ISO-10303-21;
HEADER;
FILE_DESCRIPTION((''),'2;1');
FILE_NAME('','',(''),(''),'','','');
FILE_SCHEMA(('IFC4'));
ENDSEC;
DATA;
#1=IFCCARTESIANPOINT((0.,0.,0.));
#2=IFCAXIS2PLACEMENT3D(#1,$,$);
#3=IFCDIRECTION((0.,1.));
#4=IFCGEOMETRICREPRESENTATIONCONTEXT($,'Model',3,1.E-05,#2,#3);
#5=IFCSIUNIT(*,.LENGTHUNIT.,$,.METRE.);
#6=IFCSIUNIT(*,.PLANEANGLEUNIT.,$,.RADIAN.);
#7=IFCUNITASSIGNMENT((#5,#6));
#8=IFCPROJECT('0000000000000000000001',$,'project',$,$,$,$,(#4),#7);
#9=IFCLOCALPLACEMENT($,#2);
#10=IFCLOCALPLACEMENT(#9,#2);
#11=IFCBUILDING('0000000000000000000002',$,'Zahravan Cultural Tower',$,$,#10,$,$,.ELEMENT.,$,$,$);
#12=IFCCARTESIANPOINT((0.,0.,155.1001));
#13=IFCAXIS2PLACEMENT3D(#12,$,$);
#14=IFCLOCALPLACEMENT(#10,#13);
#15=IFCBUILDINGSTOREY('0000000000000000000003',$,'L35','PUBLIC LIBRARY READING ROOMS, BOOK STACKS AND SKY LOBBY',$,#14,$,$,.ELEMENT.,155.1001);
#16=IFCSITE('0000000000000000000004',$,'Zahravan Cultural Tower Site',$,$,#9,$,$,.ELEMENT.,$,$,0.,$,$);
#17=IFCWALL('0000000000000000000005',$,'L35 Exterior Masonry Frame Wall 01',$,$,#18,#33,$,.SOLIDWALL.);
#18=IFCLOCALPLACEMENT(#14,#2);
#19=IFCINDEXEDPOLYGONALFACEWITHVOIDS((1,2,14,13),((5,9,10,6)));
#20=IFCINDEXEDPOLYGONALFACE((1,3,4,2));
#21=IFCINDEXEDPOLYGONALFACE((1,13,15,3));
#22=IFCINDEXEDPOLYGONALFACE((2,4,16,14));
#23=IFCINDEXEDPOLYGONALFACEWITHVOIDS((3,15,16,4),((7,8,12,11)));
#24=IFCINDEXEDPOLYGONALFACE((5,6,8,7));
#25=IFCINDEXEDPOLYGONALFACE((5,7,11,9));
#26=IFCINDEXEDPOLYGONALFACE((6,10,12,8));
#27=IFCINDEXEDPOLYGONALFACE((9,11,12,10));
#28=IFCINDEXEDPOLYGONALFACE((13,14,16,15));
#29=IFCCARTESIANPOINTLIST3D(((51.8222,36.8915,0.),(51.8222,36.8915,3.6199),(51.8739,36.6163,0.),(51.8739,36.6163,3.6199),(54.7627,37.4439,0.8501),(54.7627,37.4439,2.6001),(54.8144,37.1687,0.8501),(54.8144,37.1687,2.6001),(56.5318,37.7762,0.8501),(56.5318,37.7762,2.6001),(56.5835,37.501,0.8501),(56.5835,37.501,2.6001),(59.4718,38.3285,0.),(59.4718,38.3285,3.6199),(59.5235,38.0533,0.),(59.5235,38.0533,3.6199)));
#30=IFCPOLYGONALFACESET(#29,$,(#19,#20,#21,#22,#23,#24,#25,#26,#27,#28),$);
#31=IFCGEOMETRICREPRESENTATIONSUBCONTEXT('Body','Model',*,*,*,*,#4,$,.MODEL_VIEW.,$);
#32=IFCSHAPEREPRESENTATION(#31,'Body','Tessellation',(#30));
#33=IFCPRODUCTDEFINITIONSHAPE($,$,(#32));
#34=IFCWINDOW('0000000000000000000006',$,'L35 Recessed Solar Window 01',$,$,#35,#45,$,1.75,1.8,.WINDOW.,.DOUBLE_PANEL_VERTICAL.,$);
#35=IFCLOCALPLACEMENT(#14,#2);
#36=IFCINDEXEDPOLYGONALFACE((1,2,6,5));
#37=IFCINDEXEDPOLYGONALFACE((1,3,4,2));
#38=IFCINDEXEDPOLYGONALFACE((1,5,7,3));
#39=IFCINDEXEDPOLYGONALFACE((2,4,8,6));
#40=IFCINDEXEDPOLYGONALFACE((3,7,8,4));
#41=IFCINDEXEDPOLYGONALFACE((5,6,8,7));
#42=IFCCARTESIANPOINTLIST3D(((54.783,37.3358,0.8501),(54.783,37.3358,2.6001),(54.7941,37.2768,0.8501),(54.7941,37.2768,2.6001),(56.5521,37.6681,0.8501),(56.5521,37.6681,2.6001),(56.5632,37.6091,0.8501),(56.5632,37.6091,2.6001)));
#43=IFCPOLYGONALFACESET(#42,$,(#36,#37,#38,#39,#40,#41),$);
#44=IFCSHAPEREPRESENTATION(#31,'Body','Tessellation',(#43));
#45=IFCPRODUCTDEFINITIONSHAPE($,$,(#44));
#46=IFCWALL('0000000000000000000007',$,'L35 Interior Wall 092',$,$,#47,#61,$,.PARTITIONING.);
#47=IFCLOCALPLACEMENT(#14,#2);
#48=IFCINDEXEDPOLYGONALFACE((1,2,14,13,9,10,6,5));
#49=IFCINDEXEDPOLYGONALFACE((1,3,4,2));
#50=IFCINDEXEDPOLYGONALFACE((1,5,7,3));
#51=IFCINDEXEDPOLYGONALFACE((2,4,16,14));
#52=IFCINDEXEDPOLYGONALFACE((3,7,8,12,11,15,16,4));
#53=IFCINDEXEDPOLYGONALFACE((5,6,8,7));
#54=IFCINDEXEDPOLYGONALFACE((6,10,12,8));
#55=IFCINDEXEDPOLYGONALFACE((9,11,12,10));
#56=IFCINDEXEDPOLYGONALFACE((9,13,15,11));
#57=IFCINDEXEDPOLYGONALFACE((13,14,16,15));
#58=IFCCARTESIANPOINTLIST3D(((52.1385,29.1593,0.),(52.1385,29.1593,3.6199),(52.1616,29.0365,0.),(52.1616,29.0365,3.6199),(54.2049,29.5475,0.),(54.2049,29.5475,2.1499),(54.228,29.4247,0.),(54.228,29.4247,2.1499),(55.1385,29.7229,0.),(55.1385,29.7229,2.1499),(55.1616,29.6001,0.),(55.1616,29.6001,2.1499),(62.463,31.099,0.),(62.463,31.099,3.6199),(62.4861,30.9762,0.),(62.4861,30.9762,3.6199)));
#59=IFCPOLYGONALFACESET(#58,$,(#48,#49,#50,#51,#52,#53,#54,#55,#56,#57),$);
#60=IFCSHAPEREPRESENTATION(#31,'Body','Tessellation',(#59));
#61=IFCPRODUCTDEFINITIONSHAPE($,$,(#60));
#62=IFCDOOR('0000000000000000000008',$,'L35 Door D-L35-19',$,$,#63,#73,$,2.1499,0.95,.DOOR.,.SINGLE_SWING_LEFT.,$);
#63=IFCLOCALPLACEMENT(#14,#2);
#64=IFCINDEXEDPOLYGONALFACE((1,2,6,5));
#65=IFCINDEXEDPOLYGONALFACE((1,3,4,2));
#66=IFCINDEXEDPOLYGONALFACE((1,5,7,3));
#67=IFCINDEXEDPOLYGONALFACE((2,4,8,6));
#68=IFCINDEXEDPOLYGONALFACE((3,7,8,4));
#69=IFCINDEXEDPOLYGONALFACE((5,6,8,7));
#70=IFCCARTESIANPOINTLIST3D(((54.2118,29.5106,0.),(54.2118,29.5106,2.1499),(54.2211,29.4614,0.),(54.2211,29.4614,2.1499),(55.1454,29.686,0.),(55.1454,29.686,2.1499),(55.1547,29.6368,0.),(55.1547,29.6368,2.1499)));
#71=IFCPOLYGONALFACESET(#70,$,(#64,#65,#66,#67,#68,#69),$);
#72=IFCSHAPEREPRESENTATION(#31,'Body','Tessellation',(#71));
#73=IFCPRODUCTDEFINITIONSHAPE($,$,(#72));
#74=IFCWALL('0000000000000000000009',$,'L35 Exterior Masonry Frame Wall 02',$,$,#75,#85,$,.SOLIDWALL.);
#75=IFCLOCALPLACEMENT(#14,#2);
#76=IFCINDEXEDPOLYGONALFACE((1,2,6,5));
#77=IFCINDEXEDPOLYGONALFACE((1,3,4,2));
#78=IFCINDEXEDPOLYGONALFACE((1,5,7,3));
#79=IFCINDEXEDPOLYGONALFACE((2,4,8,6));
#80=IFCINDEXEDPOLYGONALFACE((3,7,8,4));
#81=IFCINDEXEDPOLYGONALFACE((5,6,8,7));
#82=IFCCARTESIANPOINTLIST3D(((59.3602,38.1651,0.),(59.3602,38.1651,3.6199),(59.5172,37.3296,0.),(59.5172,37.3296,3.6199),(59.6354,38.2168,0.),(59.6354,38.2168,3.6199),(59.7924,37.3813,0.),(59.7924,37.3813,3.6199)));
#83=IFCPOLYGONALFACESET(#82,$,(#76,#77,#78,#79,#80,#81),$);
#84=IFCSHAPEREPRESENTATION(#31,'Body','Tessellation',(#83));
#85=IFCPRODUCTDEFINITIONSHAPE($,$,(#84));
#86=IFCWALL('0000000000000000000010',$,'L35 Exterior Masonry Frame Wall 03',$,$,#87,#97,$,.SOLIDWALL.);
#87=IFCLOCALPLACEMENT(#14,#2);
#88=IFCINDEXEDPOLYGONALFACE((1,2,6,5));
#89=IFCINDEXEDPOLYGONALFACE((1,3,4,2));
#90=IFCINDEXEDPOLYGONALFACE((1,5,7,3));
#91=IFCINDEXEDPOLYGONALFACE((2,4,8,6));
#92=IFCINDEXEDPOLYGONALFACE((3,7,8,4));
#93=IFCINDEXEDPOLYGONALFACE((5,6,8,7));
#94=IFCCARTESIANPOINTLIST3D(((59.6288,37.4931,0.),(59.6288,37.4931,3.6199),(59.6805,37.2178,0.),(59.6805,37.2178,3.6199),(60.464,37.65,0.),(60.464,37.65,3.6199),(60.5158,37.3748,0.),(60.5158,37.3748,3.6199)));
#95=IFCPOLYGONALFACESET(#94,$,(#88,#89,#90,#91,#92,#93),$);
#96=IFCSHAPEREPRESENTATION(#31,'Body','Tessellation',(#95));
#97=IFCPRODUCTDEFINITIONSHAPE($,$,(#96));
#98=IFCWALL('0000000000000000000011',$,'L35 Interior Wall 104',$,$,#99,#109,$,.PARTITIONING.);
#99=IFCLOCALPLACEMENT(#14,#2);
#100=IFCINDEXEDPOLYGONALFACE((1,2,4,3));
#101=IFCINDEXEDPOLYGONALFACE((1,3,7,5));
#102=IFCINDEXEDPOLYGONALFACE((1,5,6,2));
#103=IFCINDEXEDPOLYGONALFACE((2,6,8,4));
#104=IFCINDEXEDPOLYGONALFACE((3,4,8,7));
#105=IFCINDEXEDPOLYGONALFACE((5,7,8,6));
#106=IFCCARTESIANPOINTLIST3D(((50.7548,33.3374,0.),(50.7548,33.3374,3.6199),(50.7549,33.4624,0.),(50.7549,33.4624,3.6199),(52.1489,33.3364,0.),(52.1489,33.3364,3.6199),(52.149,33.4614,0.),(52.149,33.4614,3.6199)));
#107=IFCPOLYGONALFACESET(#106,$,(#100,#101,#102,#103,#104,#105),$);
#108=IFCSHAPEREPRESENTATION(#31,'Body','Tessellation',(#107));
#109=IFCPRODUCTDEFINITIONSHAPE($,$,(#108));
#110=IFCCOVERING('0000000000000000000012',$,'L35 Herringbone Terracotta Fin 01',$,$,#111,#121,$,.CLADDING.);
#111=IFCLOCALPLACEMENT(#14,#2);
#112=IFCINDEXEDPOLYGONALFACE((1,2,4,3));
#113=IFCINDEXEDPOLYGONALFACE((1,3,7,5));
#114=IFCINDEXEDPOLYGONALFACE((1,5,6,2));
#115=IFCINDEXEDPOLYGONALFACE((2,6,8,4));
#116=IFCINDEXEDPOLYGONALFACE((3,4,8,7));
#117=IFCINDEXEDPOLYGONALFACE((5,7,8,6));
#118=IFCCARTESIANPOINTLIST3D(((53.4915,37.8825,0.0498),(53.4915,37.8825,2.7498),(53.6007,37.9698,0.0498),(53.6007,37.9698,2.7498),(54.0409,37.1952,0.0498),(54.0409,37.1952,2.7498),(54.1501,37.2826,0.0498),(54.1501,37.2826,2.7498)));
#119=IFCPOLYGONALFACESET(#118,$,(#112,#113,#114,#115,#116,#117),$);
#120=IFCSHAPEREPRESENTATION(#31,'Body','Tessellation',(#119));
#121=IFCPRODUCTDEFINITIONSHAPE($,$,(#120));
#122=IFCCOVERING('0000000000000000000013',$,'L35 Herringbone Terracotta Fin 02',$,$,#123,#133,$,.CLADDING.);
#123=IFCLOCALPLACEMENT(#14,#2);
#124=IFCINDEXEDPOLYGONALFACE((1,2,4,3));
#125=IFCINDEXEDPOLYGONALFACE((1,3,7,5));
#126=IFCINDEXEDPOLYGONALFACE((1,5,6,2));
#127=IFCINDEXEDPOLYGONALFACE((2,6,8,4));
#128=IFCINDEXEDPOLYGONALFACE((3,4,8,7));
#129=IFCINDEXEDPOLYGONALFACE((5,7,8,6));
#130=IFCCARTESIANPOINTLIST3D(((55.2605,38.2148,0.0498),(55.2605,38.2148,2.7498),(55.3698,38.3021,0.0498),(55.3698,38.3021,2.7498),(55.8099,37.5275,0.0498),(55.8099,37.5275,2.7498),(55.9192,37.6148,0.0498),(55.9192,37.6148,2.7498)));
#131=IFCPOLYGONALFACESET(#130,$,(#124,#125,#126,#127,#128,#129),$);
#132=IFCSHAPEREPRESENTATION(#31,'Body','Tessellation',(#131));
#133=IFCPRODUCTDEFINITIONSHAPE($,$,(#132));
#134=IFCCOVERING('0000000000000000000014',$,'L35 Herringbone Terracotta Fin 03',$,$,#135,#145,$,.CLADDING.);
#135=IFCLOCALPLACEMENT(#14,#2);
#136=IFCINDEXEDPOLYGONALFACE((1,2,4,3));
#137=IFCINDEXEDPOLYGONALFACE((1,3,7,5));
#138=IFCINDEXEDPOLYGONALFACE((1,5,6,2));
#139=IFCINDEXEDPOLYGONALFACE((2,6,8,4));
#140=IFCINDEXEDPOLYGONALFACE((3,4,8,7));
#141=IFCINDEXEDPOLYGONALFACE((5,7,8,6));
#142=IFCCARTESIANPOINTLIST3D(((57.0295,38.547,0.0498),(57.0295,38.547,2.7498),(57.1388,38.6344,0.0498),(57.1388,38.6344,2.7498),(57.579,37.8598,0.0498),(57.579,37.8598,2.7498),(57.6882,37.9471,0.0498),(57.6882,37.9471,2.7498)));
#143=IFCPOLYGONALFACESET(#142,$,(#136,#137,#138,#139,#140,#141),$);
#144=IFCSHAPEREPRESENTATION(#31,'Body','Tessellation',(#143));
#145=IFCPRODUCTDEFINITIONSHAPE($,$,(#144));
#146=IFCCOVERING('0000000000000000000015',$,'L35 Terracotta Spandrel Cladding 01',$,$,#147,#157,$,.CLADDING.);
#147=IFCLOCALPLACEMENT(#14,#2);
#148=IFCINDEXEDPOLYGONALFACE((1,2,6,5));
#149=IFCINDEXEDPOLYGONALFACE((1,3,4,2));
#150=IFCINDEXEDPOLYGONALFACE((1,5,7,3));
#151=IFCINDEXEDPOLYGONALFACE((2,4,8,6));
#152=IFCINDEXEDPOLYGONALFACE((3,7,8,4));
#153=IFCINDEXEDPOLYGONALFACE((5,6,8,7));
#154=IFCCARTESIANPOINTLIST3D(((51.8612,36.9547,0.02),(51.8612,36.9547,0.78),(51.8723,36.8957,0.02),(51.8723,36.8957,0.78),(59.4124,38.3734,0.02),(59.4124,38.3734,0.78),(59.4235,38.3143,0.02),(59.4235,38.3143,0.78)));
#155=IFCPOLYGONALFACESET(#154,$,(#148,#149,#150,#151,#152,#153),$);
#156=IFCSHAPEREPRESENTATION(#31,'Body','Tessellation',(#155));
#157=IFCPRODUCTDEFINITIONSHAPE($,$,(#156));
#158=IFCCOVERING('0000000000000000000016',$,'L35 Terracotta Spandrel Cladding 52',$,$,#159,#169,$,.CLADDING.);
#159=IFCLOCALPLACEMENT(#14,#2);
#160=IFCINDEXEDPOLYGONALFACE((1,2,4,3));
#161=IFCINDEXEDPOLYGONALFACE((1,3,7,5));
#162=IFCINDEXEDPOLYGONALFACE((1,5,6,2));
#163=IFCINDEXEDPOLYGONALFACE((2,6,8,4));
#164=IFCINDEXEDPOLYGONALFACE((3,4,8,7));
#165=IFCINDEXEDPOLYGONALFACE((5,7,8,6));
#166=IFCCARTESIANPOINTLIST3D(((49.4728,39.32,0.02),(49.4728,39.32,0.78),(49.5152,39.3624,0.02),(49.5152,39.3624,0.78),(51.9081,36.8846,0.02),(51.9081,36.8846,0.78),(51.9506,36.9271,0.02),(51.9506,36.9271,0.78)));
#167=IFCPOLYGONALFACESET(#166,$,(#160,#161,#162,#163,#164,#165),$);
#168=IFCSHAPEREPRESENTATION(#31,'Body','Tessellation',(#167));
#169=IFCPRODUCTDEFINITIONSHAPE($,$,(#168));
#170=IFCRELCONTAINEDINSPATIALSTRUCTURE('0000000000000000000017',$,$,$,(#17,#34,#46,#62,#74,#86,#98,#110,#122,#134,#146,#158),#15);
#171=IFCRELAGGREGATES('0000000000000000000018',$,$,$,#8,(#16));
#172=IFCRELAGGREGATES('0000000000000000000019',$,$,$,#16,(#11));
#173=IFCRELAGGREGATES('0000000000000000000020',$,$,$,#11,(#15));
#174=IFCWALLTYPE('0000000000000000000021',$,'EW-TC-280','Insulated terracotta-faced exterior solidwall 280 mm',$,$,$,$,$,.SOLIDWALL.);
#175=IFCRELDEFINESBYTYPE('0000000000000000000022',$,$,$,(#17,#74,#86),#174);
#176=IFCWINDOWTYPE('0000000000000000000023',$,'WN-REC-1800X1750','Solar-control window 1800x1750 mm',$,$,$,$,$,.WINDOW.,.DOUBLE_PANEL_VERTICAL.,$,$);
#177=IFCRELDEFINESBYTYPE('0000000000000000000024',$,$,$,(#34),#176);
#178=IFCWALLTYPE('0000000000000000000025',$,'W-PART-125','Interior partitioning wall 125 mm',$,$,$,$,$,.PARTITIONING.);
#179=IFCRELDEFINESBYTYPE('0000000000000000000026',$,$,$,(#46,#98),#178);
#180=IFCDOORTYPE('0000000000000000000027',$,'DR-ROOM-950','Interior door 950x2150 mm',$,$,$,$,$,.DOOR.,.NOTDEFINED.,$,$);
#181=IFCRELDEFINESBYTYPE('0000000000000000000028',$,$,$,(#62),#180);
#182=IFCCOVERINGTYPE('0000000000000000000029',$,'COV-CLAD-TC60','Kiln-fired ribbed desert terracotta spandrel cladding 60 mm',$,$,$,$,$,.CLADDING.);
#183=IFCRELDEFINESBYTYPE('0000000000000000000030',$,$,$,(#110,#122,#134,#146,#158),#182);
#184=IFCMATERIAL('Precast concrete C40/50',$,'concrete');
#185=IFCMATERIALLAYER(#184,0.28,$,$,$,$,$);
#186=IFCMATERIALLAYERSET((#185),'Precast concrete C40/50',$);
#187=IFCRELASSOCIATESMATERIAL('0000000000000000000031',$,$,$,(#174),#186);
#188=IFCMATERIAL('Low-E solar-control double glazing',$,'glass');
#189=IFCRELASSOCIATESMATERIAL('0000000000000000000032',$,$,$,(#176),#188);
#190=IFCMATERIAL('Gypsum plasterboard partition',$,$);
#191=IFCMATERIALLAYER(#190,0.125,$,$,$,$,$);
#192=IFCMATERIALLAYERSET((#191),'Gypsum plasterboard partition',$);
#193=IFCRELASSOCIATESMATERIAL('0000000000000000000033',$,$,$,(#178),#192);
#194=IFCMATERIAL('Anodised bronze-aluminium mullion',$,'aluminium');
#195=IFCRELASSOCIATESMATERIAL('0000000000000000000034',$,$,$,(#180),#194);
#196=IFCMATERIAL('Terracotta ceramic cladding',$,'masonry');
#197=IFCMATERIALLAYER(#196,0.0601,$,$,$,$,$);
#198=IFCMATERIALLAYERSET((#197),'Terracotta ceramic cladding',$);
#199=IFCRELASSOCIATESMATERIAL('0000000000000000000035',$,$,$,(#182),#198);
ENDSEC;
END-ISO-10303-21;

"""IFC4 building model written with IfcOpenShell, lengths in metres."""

from ifc_helpers import new_model, si_unit, direction, frame, frame_2d, origin, origin_2d, place, context, subcontext, project, spatial, rectangle, extrude, source, transform, mapped, material, layer, layer_set, type_object, element, fill, save


model = new_model("IFC4")

# Units and contexts
model_context = context("Model", 3, precision=1e-05, world=origin(), true_north=direction((0.0, 1.0)))
body_context = subcontext(model_context, "Body", "Model", "MODEL_VIEW")
ifc_project = project(units=[si_unit("LENGTHUNIT", "METRE"), si_unit("PLANEANGLEUNIT", "RADIAN")], contexts=[model_context])

# Site, building, storey
site_placement = place(None, origin())
site = spatial("IfcSite", under=ifc_project, at=site_placement, Name="Zahravan Cultural Tower Site", CompositionType="ELEMENT", RefElevation=0.0)
building_placement = place(site_placement, origin())
building = spatial("IfcBuilding", under=site, at=building_placement, Name="Zahravan Cultural Tower", CompositionType="ELEMENT")
storey_placement = place(building_placement, frame((0.0, 0.0, 155.1001)))
storey = spatial("IfcBuildingStorey", under=building, at=storey_placement, Name="L35", Description="PUBLIC LIBRARY READING ROOMS, BOOK STACKS AND SKY LOBBY", CompositionType="ELEMENT", Elevation=155.1001)

# Wall, opening, window
ifc_material_1 = material(Name="Precast concrete C40/50", Category="concrete")
ifc_layer_1 = layer(ifc_material_1, 0.28)
ifc_layer_set_1 = layer_set([ifc_layer_1], Name="Precast concrete C40/50")
wall_type_1 = type_object("IfcWallType", Name="EW-TC-280", Description="Insulated terracotta-faced exterior solidwall 280 mm", PredefinedType="SOLIDWALL", material=ifc_layer_set_1)
wall_1_placement = place(storey_placement, frame((51.8481, 36.7539, 0.0), z_axis=(0.0, 0.0, 1.0), x_axis=(0.982809, 0.184624, 0.0)))
wall_1 = element("IfcWall", 1, at=wall_1_placement, inside=storey, type_object=wall_type_1, Name="L35 Exterior Masonry Frame Wall 01", PredefinedType="SOLIDWALL", context=body_context, shape_type="SweptSolid", body=[
    extrude(rectangle(XDim=7.7834, YDim=0.28, at=frame_2d((3.8916, 0.0))), origin(), (0.0, 0.0, 1.0), 3.6199),
])
opening_1_placement = place(wall_1_placement, frame((2.9919, 0.0, 0.8501)))
opening_1 = element("IfcOpeningElement", 2, at=opening_1_placement, cuts=wall_1, PredefinedType="OPENING", context=body_context, shape_type="SweptSolid", body=[
    extrude(rectangle(XDim=1.8, YDim=1.75, at=frame_2d((0.8999, 0.875))), frame((0.0, 0.1499, 0.0), z_axis=(0.0, -1.0, 0.0), x_axis=(1.0, 0.0, 0.0)), (0.0, 0.0, 1.0), 0.3),
])
ifc_material_2 = material(Name="Low-E solar-control double glazing", Category="glass")
window_type = type_object("IfcWindowType", Name="WN-REC-1800X1750", Description="Solar-control window 1800x1750 mm", PartitioningType="DOUBLE_PANEL_VERTICAL", PredefinedType="WINDOW", material=ifc_material_2)
shared_shape_1 = source(origin(), body_context, "Body", "SweptSolid", [
    extrude(rectangle(XDim=1.8, YDim=1.75, at=frame_2d((0.8999, 0.875))), frame((0.0, 0.03, 0.0), z_axis=(0.0, -1.0, 0.0), x_axis=(1.0, 0.0, 0.0)), (0.0, 0.0, 1.0), 0.0601),
])
window_placement = place(opening_1_placement, origin())
window = element("IfcWindow", 3, at=window_placement, inside=storey, type_object=window_type, Name="L35 Recessed Solar Window 01", OverallHeight=1.75, OverallWidth=1.8, PartitioningType="DOUBLE_PANEL_VERTICAL", PredefinedType="WINDOW", context=body_context, shape_type="MappedRepresentation", body=[
    mapped(shared_shape_1, transform((0.0, 0.0, 0.0), x_axis=(1.0, 0.0, 0.0), y_axis=(0.0, 1.0, 0.0), z_axis=(0.0, 0.0, 1.0), scale=1.0)),
])
fill(opening_1, window)

# Wall, opening, door
ifc_material_3 = material(Name="Gypsum plasterboard partition")
ifc_layer_2 = layer(ifc_material_3, 0.125)
ifc_layer_set_2 = layer_set([ifc_layer_2], Name="Gypsum plasterboard partition")
wall_type_2 = type_object("IfcWallType", Name="W-PART-125", Description="Interior partitioning wall 125 mm", PredefinedType="PARTITIONING", material=ifc_layer_set_2)
wall_2_placement = place(storey_placement, frame((52.1501, 29.0979, 0.0), z_axis=(0.0, 0.0, 1.0), x_axis=(0.982806, 0.184644, 0.0)))
wall_2 = element("IfcWall", 4, at=wall_2_placement, inside=storey, type_object=wall_type_2, Name="L35 Interior Wall 092", PredefinedType="PARTITIONING", context=body_context, shape_type="SweptSolid", body=[
    extrude(rectangle(XDim=10.5051, YDim=0.125, at=frame_2d((5.2524, 0.0))), origin(), (0.0, 0.0, 1.0), 3.6199),
])
opening_2_placement = place(wall_2_placement, frame((2.1023, 0.0, 0.0)))
opening_2 = element("IfcOpeningElement", 5, at=opening_2_placement, cuts=wall_2, PredefinedType="OPENING", context=body_context, shape_type="SweptSolid", body=[
    extrude(rectangle(XDim=0.95, YDim=2.1499, at=frame_2d((0.4751, 1.075))), frame((0.0, 0.0725, 0.0), z_axis=(0.0, -1.0, 0.0), x_axis=(1.0, 0.0, 0.0)), (0.0, 0.0, 1.0), 0.145),
])
ifc_material_4 = material(Name="Anodised bronze-aluminium mullion", Category="aluminium")
door_type = type_object("IfcDoorType", Name="DR-ROOM-950", Description="Interior door 950x2150 mm", OperationType="NOTDEFINED", PredefinedType="DOOR", material=ifc_material_4)
shared_shape_2 = source(origin(), body_context, "Body", "SweptSolid", [
    extrude(rectangle(XDim=0.95, YDim=2.1499, at=frame_2d((0.4751, 1.075))), frame((0.0, 0.0249, 0.0), z_axis=(0.0, -1.0, 0.0), x_axis=(1.0, 0.0, 0.0)), (0.0, 0.0, 1.0), 0.05),
])
door_1_placement = place(opening_2_placement, origin())
door_1 = element("IfcDoor", 6, at=door_1_placement, inside=storey, type_object=door_type, Name="L35 Door D-L35-19", OperationType="SINGLE_SWING_LEFT", OverallHeight=2.1499, OverallWidth=0.95, PredefinedType="DOOR", context=body_context, shape_type="MappedRepresentation", body=[
    mapped(shared_shape_2, transform((0.0, 0.0, 0.0), x_axis=(1.0, 0.0, 0.0), y_axis=(0.0, 1.0, 0.0), z_axis=(0.0, 0.0, 1.0), scale=1.0)),
])
fill(opening_2, door_1)

# Walls
shared_shape_3 = source(origin(), body_context, "Body", "SweptSolid", [
    extrude(rectangle(XDim=0.8501, YDim=0.28, at=frame_2d((0.425, 0.0))), origin(), (0.0, 0.0, 1.0), 3.6199),
])
wall_3_placement = place(storey_placement, frame((59.4978, 38.1909, 0.0), z_axis=(0.0, 0.0, 1.0), x_axis=(0.18467, -0.982801, 0.0)))
element("IfcWall", 7, at=wall_3_placement, inside=storey, type_object=wall_type_1, Name="L35 Exterior Masonry Frame Wall 02", PredefinedType="SOLIDWALL", context=body_context, shape_type="MappedRepresentation", body=[
    mapped(shared_shape_3, transform((0.0, 0.0, 0.0), x_axis=(1.0, 0.0, 0.0), y_axis=(0.0, 1.0, 0.0), z_axis=(0.0, 0.0, 1.0), scale=1.0)),
])
shared_shape_4 = source(origin(), body_context, "Body", "SweptSolid", [
    extrude(rectangle(XDim=0.8499, YDim=0.28, at=frame_2d((0.4248, 0.0))), origin(), (0.0, 0.0, 1.0), 3.6199),
])
wall_4_placement = place(storey_placement, frame((59.6548, 37.3555, 0.0), z_axis=(0.0, 0.0, 1.0), x_axis=(0.982791, 0.184722, 0.0)))
element("IfcWall", 8, at=wall_4_placement, inside=storey, type_object=wall_type_1, Name="L35 Exterior Masonry Frame Wall 03", PredefinedType="SOLIDWALL", context=body_context, shape_type="MappedRepresentation", body=[
    mapped(shared_shape_4, transform((0.0, 0.0, 0.0), x_axis=(1.0, 0.0, 0.0), y_axis=(0.0, 1.0, 0.0), z_axis=(0.0, 0.0, 1.0), scale=1.0)),
])
shared_shape_5 = source(origin(), body_context, "Body", "SweptSolid", [
    extrude(rectangle(XDim=1.394, YDim=0.125, at=frame_2d((0.697, 0.0))), origin(), (0.0, 0.0, 1.0), 3.6199),
])
wall_5_placement = place(storey_placement, frame((52.1489, 33.3989, 0.0), z_axis=(0.0, 0.0, 1.0), x_axis=(-1.0, 0.000701, 0.0)))
element("IfcWall", 9, at=wall_5_placement, inside=storey, type_object=wall_type_2, Name="L35 Interior Wall 104", PredefinedType="PARTITIONING", context=body_context, shape_type="MappedRepresentation", body=[
    mapped(shared_shape_5, transform((0.0, 0.0, 0.0), x_axis=(1.0, 0.0, 0.0), y_axis=(0.0, 1.0, 0.0), z_axis=(0.0, 0.0, 1.0), scale=1.0)),
])

# Coverings
ifc_material_5 = material(Name="Terracotta ceramic cladding", Category="masonry")
ifc_layer_3 = layer(ifc_material_5, 0.0601)
ifc_layer_set_3 = layer_set([ifc_layer_3], Name="Terracotta ceramic cladding")
covering_type = type_object("IfcCoveringType", Name="COV-CLAD-TC60", Description="Kiln-fired ribbed desert terracotta spandrel cladding 60 mm", PredefinedType="CLADDING", material=ifc_layer_set_3)
shared_shape_6 = source(origin(), body_context, "Body", "SweptSolid", [
    extrude(rectangle(XDim=0.8799, YDim=0.1399, at=origin_2d()), origin(), (0.0, 0.0, 1.0), 2.7),
])
for number, where, z_axis, x_axis, name in (
    (10, (53.8208, 37.5825, 0.0498), (0.0, 0.0, 1.0), (-0.624425, 0.781085, 0.0), "L35 Herringbone Terracotta Fin 01"),
    (11, (55.5898, 37.9148, 0.0498), (0.0, 0.0, 1.0), (-0.624425, 0.781085, 0.0), "L35 Herringbone Terracotta Fin 02"),
    (12, (57.3589, 38.2471, 0.0498), (0.0, 0.0, 1.0), (-0.624425, 0.781085, 0.0), "L35 Herringbone Terracotta Fin 03"),
):
    element("IfcCovering", number, at=place(storey_placement, frame(where, z_axis=z_axis, x_axis=x_axis)), inside=storey, type_object=covering_type, Name=name, PredefinedType="CLADDING", context=body_context, shape_type="MappedRepresentation", body=[
        mapped(shared_shape_6, transform((0.0, 0.0, 0.0), x_axis=(1.0, 0.0, 0.0), y_axis=(0.0, 1.0, 0.0), z_axis=(0.0, 0.0, 1.0), scale=1.0)),
    ])
shared_shape_7 = source(origin(), body_context, "Body", "SweptSolid", [
    extrude(rectangle(XDim=7.6833, YDim=0.0601, at=origin_2d()), origin(), (0.0, 0.0, 1.0), 0.76),
])
covering_1_placement = place(storey_placement, frame((55.6423, 37.6345, 0.02), z_axis=(0.0, 0.0, 1.0), x_axis=(0.982807, 0.184638, 0.0)))
element("IfcCovering", 13, at=covering_1_placement, inside=storey, type_object=covering_type, Name="L35 Terracotta Spandrel Cladding 01", PredefinedType="CLADDING", context=body_context, shape_type="MappedRepresentation", body=[
    mapped(shared_shape_7, transform((0.0, 0.0, 0.0), x_axis=(1.0, 0.0, 0.0), y_axis=(0.0, 1.0, 0.0), z_axis=(0.0, 0.0, 1.0), scale=1.0)),
])
shared_shape_8 = source(origin(), body_context, "Body", "SweptSolid", [
    extrude(rectangle(XDim=3.4441, YDim=0.0601, at=origin_2d()), origin(), (0.0, 0.0, 1.0), 0.76),
])
covering_2_placement = place(storey_placement, frame((50.7117, 38.1235, 0.02), z_axis=(0.0, 0.0, 1.0), x_axis=(0.707107, -0.707107, 0.0)))
element("IfcCovering", 14, at=covering_2_placement, inside=storey, type_object=covering_type, Name="L35 Terracotta Spandrel Cladding 52", PredefinedType="CLADDING", context=body_context, shape_type="MappedRepresentation", body=[
    mapped(shared_shape_8, transform((0.0, 0.0, 0.0), x_axis=(1.0, 0.0, 0.0), y_axis=(0.0, 1.0, 0.0), z_axis=(0.0, 0.0, 1.0), scale=1.0)),
])

save(model, "model.ifc")
